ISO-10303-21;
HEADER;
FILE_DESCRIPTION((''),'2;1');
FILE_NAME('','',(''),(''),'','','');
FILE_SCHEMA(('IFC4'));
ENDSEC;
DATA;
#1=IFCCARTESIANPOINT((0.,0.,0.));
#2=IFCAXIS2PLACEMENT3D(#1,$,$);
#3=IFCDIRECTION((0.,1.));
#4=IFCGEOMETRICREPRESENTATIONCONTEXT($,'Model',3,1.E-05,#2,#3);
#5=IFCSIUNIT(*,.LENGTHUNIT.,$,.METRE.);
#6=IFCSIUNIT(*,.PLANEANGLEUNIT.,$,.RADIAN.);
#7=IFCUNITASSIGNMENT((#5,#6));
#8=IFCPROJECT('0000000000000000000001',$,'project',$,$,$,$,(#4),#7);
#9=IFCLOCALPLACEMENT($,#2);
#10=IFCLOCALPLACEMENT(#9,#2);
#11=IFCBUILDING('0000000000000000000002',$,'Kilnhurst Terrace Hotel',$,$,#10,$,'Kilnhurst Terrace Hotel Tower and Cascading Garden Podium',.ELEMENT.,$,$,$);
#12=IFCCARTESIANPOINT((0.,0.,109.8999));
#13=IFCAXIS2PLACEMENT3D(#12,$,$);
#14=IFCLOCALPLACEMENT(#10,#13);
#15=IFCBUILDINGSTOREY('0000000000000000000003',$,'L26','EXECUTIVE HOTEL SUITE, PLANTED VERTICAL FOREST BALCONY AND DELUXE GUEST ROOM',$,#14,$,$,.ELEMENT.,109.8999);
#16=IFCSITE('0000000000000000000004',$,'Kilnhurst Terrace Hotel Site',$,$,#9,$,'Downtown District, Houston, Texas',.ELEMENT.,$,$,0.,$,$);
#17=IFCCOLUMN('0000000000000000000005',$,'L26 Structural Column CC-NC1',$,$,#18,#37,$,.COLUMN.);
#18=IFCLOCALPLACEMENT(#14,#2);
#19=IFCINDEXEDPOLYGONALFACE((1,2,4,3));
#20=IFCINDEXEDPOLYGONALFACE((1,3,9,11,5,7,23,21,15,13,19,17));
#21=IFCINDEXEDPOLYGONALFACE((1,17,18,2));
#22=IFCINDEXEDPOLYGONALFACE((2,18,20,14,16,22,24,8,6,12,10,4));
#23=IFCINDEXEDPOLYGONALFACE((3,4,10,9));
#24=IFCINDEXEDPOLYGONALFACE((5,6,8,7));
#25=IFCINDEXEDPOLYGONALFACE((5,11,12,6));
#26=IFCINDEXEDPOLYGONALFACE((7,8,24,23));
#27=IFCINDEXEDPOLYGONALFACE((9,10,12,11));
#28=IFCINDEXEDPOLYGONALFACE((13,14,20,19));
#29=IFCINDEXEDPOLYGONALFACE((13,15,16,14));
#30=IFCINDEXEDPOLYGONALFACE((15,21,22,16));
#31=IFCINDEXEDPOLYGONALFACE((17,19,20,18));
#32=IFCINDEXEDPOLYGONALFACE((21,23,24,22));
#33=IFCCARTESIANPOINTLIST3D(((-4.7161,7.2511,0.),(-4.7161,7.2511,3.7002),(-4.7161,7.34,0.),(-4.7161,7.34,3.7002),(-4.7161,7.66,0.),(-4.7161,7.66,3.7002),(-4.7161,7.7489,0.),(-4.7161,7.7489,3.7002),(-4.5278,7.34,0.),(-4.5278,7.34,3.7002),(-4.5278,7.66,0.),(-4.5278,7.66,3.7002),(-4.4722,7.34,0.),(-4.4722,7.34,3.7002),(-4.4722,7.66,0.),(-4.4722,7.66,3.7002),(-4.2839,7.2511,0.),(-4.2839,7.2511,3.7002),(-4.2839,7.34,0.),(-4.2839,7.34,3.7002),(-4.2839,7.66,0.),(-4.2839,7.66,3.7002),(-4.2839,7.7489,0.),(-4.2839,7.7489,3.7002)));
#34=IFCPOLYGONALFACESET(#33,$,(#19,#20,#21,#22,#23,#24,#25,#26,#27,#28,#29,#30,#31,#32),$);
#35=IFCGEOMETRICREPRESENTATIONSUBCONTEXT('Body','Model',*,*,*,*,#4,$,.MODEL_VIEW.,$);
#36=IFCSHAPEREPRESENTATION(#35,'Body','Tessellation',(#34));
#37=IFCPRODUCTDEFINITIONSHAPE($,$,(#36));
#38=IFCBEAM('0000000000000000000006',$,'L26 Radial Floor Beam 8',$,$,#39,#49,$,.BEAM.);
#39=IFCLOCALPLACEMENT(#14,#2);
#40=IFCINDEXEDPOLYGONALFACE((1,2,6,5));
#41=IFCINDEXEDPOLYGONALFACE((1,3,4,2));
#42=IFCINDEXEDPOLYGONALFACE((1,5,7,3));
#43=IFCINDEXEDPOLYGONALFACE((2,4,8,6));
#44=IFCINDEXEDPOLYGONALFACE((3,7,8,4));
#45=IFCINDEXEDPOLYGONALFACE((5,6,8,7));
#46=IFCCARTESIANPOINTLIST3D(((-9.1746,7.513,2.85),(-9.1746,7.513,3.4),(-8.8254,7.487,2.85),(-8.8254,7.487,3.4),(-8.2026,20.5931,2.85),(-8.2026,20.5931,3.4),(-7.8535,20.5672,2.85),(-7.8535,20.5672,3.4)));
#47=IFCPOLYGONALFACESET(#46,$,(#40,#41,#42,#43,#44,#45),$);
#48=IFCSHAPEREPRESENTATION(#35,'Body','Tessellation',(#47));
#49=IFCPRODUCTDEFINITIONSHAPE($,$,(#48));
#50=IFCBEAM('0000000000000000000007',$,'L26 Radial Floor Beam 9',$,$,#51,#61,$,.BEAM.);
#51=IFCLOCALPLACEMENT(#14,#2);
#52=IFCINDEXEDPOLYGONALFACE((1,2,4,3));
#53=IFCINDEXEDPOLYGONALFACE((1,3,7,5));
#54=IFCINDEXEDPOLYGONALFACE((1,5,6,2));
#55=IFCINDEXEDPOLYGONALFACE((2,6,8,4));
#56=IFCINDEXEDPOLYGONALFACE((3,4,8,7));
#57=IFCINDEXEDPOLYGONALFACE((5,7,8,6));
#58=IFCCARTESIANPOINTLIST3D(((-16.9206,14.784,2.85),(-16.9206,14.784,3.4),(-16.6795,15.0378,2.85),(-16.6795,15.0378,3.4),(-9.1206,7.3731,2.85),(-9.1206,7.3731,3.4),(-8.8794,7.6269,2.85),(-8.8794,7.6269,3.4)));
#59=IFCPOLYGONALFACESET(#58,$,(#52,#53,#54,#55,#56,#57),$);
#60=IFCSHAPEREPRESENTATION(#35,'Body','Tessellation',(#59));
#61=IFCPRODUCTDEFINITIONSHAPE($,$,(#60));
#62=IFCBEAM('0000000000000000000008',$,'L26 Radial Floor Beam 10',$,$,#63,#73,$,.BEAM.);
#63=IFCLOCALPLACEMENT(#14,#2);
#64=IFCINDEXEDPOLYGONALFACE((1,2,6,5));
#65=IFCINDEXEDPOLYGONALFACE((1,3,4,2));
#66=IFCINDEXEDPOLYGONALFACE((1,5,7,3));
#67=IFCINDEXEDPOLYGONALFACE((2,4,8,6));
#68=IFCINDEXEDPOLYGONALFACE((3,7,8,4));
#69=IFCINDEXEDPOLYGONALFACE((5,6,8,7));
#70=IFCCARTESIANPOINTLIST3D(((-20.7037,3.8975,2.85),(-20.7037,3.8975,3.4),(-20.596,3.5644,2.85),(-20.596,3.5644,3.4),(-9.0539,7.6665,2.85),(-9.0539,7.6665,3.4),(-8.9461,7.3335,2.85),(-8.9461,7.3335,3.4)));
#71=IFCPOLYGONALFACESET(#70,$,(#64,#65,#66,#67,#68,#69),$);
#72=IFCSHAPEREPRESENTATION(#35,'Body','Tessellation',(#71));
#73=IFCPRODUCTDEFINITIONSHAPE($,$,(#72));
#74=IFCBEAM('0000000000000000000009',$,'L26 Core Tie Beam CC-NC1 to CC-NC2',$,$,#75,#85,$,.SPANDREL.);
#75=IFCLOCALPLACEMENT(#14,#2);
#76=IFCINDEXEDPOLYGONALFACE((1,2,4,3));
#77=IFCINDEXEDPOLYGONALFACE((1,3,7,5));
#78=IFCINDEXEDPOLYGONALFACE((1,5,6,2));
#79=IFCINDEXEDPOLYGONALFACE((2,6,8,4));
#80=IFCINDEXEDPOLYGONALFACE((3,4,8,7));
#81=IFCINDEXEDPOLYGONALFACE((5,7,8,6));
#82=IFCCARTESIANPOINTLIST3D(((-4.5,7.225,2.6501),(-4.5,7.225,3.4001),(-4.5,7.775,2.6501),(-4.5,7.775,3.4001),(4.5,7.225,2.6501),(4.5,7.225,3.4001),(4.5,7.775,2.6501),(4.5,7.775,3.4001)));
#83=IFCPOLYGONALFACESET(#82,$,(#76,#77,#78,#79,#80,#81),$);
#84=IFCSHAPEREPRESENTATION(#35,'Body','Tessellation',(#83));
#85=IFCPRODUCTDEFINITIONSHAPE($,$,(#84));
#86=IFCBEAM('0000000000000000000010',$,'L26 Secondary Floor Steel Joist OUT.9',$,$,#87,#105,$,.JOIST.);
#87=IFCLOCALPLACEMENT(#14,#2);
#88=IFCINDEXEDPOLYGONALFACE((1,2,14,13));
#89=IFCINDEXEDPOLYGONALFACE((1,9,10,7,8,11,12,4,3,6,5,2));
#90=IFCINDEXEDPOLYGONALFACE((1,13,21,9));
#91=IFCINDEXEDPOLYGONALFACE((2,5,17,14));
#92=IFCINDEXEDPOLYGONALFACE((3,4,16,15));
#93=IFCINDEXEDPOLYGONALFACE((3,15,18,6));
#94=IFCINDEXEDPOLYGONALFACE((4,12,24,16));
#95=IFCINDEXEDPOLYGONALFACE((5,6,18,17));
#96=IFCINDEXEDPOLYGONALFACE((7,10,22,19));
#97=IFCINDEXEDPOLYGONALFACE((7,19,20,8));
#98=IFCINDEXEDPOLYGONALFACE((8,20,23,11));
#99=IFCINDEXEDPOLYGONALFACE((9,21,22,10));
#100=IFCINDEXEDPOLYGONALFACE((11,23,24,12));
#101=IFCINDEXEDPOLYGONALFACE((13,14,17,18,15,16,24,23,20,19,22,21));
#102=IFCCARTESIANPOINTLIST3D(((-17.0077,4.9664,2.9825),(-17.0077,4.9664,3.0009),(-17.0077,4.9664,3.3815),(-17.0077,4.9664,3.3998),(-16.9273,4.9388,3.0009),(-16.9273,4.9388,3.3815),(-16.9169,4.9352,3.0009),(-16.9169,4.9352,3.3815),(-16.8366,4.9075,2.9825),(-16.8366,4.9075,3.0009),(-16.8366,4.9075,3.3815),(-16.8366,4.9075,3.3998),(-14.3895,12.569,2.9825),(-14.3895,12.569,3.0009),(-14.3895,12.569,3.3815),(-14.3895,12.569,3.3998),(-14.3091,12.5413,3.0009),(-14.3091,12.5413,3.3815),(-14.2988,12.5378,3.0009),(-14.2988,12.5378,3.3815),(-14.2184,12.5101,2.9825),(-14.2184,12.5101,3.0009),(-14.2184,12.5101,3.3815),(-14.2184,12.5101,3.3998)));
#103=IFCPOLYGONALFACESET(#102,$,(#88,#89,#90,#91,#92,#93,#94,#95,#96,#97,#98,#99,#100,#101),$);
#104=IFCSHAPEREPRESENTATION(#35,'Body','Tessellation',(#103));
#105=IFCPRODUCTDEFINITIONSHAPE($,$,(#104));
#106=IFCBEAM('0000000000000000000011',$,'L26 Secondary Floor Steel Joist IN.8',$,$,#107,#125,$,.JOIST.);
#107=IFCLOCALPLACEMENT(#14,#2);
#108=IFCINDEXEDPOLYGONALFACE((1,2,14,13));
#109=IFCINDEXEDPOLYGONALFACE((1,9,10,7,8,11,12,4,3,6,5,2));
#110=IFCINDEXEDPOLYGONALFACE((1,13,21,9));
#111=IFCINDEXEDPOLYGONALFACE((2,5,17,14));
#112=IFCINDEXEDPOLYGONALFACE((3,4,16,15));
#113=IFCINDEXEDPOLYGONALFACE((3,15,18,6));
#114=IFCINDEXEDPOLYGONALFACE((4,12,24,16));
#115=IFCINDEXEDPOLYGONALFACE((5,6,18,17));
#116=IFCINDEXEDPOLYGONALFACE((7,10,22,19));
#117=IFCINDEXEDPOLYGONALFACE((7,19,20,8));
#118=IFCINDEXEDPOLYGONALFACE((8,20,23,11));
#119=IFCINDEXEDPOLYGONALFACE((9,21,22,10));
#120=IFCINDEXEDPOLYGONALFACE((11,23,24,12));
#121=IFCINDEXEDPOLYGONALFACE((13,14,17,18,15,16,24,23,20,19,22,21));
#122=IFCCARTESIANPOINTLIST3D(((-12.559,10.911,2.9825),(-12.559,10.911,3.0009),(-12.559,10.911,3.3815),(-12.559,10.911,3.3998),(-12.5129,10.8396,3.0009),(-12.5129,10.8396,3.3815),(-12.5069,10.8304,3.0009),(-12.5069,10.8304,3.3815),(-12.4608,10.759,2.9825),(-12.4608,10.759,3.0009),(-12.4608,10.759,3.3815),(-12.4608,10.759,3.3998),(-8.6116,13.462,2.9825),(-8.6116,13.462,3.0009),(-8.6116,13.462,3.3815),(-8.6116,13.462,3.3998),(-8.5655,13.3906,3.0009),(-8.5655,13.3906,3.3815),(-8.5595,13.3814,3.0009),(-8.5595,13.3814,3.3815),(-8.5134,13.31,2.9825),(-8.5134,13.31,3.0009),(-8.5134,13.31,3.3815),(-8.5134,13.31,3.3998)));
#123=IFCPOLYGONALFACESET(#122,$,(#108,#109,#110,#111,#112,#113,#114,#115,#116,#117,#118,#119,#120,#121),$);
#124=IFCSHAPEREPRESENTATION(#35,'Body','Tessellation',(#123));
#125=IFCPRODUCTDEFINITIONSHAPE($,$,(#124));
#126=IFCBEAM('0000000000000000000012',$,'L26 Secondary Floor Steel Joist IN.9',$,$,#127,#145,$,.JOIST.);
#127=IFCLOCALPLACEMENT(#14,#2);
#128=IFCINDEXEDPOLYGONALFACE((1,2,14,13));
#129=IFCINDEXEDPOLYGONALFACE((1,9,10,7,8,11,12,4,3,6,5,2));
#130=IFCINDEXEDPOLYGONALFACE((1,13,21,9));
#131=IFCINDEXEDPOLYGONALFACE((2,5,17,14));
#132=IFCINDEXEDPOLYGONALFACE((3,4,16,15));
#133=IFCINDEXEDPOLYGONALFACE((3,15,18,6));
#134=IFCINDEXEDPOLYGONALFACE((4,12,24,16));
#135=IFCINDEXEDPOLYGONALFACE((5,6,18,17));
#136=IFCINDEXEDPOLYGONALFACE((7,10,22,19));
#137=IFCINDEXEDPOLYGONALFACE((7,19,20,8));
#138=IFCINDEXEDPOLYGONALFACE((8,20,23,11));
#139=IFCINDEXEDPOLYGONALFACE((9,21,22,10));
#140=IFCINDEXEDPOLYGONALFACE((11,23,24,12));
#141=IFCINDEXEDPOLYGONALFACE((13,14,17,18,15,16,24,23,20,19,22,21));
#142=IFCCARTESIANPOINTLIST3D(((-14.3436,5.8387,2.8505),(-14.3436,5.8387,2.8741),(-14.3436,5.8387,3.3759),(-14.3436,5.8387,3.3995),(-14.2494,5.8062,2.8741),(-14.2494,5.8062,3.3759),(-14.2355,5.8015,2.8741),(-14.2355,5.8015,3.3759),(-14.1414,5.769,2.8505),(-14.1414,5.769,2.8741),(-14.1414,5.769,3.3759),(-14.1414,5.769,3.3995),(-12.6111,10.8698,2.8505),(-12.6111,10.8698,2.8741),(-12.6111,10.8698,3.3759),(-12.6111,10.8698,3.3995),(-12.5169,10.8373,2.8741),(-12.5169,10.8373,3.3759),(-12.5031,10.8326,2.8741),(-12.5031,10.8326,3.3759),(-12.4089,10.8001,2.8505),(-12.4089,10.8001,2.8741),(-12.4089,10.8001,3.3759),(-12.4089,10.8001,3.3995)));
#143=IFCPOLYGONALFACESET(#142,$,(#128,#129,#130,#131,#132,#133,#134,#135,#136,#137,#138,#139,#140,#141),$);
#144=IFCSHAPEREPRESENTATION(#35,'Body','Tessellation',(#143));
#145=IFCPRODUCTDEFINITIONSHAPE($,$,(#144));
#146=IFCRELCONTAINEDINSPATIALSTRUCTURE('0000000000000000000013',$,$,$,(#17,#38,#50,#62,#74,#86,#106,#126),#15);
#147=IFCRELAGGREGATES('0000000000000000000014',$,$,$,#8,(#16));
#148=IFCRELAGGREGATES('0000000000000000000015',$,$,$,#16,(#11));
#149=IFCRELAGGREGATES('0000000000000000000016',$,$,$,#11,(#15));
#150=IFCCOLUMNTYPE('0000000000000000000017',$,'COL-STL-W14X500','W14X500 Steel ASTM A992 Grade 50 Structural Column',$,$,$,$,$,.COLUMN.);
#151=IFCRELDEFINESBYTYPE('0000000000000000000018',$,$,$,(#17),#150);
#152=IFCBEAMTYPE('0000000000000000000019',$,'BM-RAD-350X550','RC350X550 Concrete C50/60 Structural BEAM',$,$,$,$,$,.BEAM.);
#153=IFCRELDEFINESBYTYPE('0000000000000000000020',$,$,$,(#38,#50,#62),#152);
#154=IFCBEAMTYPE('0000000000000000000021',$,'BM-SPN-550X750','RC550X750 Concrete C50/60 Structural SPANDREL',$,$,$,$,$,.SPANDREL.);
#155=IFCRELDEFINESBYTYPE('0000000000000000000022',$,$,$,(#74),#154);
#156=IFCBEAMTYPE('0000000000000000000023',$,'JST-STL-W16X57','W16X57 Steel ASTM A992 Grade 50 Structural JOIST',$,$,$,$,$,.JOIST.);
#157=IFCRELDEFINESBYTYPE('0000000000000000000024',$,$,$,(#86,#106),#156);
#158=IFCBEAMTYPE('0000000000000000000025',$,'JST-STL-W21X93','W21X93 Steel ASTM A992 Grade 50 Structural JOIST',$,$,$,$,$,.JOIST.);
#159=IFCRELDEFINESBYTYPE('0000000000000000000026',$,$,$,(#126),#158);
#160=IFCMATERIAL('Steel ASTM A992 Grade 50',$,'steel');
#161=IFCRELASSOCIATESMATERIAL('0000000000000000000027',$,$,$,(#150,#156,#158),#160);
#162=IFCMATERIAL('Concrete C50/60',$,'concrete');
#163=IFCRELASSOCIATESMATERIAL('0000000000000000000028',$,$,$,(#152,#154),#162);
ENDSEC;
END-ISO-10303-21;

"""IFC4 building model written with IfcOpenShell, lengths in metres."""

from ifc_helpers import new_model, si_unit, direction, frame, origin, origin_2d, place, context, subcontext, project, spatial, rectangle, i_section, extrude, material, material_profile, profile_set, type_object, element, save


model = new_model("IFC4")

# Units and contexts
model_context = context("Model", 3, precision=1e-05, world=origin(), true_north=direction((0.0, 1.0)))
body_context = subcontext(model_context, "Body", "Model", "MODEL_VIEW")
ifc_project = project(units=[si_unit("LENGTHUNIT", "METRE"), si_unit("PLANEANGLEUNIT", "RADIAN")], contexts=[model_context])

# Site, building, storey
site_placement = place(None, origin())
site = spatial("IfcSite", under=ifc_project, at=site_placement, Name="Kilnhurst Terrace Hotel Site", LongName="Downtown District, Houston, Texas", CompositionType="ELEMENT", RefElevation=0.0)
building_placement = place(site_placement, origin())
building = spatial("IfcBuilding", under=site, at=building_placement, Name="Kilnhurst Terrace Hotel", LongName="Kilnhurst Terrace Hotel Tower and Cascading Garden Podium", CompositionType="ELEMENT")
storey_placement = place(building_placement, frame((0.0, 0.0, 109.8999)))
storey = spatial("IfcBuildingStorey", under=building, at=storey_placement, Name="L26", Description="EXECUTIVE HOTEL SUITE, PLANTED VERTICAL FOREST BALCONY AND DELUXE GUEST ROOM", CompositionType="ELEMENT", Elevation=109.8999)

# Column
ifc_material_1 = material(Name="Steel ASTM A992 Grade 50", Category="steel")
ifc_material_profile_1 = material_profile(ifc_material_1, i_section(OverallWidth=0.4321, OverallDepth=0.4978, WebThickness=0.0557, FlangeThickness=0.0889, at=origin_2d()), Name="W14X500")
ifc_profile_set_1 = profile_set([ifc_material_profile_1], Name="Steel ASTM A992 Grade 50")
column_type = type_object("IfcColumnType", Name="COL-STL-W14X500", Description="W14X500 Steel ASTM A992 Grade 50 Structural Column", PredefinedType="COLUMN", material=ifc_profile_set_1)
column_placement = place(storey_placement, frame((-4.5, 7.5, 0.0), z_axis=(0.0, 0.0, 1.0), x_axis=(1.0, 0.0, 0.0)))
element("IfcColumn", 1, at=column_placement, inside=storey, type_object=column_type, Name="L26 Structural Column CC-NC1", PredefinedType="COLUMN", context=body_context, shape_type="SweptSolid", body=[
    extrude(i_section(OverallWidth=0.4321, OverallDepth=0.4978, WebThickness=0.0557, FlangeThickness=0.0889, at=origin_2d()), origin(), (0.0, 0.0, 1.0), 3.7002),
])

# Beams
ifc_material_2 = material(Name="Concrete C50/60", Category="concrete")
ifc_material_profile_2 = material_profile(ifc_material_2, rectangle(XDim=0.3501, YDim=0.55, at=origin_2d()), Name="RC350X550")
ifc_profile_set_2 = profile_set([ifc_material_profile_2], Name="Concrete C50/60")
beam_type_1 = type_object("IfcBeamType", Name="BM-RAD-350X550", Description="RC350X550 Concrete C50/60 Structural BEAM", PredefinedType="BEAM", material=ifc_profile_set_2)
beam_1_placement = place(storey_placement, frame((-9.0, 7.5, 3.125), z_axis=(0.074101, 0.997251, 0.0), x_axis=(-0.997251, 0.074101, 0.0)))
element("IfcBeam", 2, at=beam_1_placement, inside=storey, type_object=beam_type_1, Name="L26 Radial Floor Beam 8", PredefinedType="BEAM", context=body_context, shape_type="SweptSolid", body=[
    extrude(rectangle(XDim=0.3501, YDim=0.55, at=origin_2d()), origin(), (0.0, 0.0, 1.0), 13.1162),
])
beam_2_placement = place(storey_placement, frame((-9.0, 7.5, 3.125), z_axis=(-0.72496, 0.688791, 0.0), x_axis=(-0.688791, -0.72496, 0.0)))
element("IfcBeam", 3, at=beam_2_placement, inside=storey, type_object=beam_type_1, Name="L26 Radial Floor Beam 9", PredefinedType="BEAM", context=body_context, shape_type="SweptSolid", body=[
    extrude(rectangle(XDim=0.3501, YDim=0.55, at=origin_2d()), origin(), (0.0, 0.0, 1.0), 10.7593),
])
beam_3_placement = place(storey_placement, frame((-9.0, 7.5, 3.125), z_axis=(-0.951446, -0.307817, 0.0), x_axis=(0.307817, -0.951446, 0.0)))
element("IfcBeam", 4, at=beam_3_placement, inside=storey, type_object=beam_type_1, Name="L26 Radial Floor Beam 10", PredefinedType="BEAM", context=body_context, shape_type="SweptSolid", body=[
    extrude(rectangle(XDim=0.3501, YDim=0.55, at=origin_2d()), origin(), (0.0, 0.0, 1.0), 12.2444),
])
ifc_material_profile_3 = material_profile(ifc_material_2, rectangle(XDim=0.55, YDim=0.75, at=origin_2d()), Name="RC550X750")
ifc_profile_set_3 = profile_set([ifc_material_profile_3], Name="Concrete C50/60")
beam_type_2 = type_object("IfcBeamType", Name="BM-SPN-550X750", Description="RC550X750 Concrete C50/60 Structural SPANDREL", PredefinedType="SPANDREL", material=ifc_profile_set_3)
beam_4_placement = place(storey_placement, frame((-4.5, 7.5, 3.0251), z_axis=(1.0, 0.0, 0.0), x_axis=(0.0, 1.0, 0.0)))
element("IfcBeam", 5, at=beam_4_placement, inside=storey, type_object=beam_type_2, Name="L26 Core Tie Beam CC-NC1 to CC-NC2", PredefinedType="SPANDREL", context=body_context, shape_type="SweptSolid", body=[
    extrude(rectangle(XDim=0.55, YDim=0.75, at=origin_2d()), origin(), (0.0, 0.0, 1.0), 9.0),
])
ifc_material_profile_4 = material_profile(ifc_material_1, i_section(OverallWidth=0.1809, OverallDepth=0.4172, WebThickness=0.011, FlangeThickness=0.0183, at=origin_2d()), Name="W16X57")
ifc_profile_set_4 = profile_set([ifc_material_profile_4], Name="Steel ASTM A992 Grade 50")
beam_type_3 = type_object("IfcBeamType", Name="JST-STL-W16X57", Description="W16X57 Steel ASTM A992 Grade 50 Structural JOIST", PredefinedType="JOIST", material=ifc_profile_set_4)
beam_5_placement = place(storey_placement, frame((-14.304, 12.5396, 3.1912), z_axis=(-0.325613, -0.945503, 0.0), x_axis=(0.945503, -0.325613, 0.0)))
element("IfcBeam", 6, at=beam_5_placement, inside=storey, type_object=beam_type_3, Name="L26 Secondary Floor Steel Joist OUT.9", PredefinedType="JOIST", context=body_context, shape_type="SweptSolid", body=[
    extrude(i_section(OverallWidth=0.1809, OverallDepth=0.4172, WebThickness=0.011, FlangeThickness=0.0183, at=origin_2d()), origin(), (0.0, 0.0, 1.0), 8.0408),
])
beam_6_placement = place(storey_placement, frame((-8.5625, 13.386, 3.1912), z_axis=(-0.839885, -0.542764, 0.0), x_axis=(0.542764, -0.839885, 0.0)))
element("IfcBeam", 7, at=beam_6_placement, inside=storey, type_object=beam_type_3, Name="L26 Secondary Floor Steel Joist IN.8", PredefinedType="JOIST", context=body_context, shape_type="SweptSolid", body=[
    extrude(i_section(OverallWidth=0.1809, OverallDepth=0.4172, WebThickness=0.011, FlangeThickness=0.0183, at=origin_2d()), origin(), (0.0, 0.0, 1.0), 4.7),
])
ifc_material_profile_5 = material_profile(ifc_material_1, i_section(OverallWidth=0.2139, OverallDepth=0.5491, WebThickness=0.0146, FlangeThickness=0.0237, at=origin_2d()), Name="W21X93")
ifc_profile_set_5 = profile_set([ifc_material_profile_5], Name="Steel ASTM A992 Grade 50")
beam_type_4 = type_object("IfcBeamType", Name="JST-STL-W21X93", Description="W21X93 Steel ASTM A992 Grade 50 Structural JOIST", PredefinedType="JOIST", material=ifc_profile_set_5)
beam_7_placement = place(storey_placement, frame((-12.51, 10.835, 3.125), z_axis=(-0.325586, -0.945512, 0.0), x_axis=(0.945512, -0.325586, 0.0)))
element("IfcBeam", 8, at=beam_7_placement, inside=storey, type_object=beam_type_4, Name="L26 Secondary Floor Steel Joist IN.9", PredefinedType="JOIST", context=body_context, shape_type="SweptSolid", body=[
    extrude(i_section(OverallWidth=0.2139, OverallDepth=0.5491, WebThickness=0.0146, FlangeThickness=0.0237, at=origin_2d()), origin(), (0.0, 0.0, 1.0), 5.321),
])

save(model, "model.ifc")
